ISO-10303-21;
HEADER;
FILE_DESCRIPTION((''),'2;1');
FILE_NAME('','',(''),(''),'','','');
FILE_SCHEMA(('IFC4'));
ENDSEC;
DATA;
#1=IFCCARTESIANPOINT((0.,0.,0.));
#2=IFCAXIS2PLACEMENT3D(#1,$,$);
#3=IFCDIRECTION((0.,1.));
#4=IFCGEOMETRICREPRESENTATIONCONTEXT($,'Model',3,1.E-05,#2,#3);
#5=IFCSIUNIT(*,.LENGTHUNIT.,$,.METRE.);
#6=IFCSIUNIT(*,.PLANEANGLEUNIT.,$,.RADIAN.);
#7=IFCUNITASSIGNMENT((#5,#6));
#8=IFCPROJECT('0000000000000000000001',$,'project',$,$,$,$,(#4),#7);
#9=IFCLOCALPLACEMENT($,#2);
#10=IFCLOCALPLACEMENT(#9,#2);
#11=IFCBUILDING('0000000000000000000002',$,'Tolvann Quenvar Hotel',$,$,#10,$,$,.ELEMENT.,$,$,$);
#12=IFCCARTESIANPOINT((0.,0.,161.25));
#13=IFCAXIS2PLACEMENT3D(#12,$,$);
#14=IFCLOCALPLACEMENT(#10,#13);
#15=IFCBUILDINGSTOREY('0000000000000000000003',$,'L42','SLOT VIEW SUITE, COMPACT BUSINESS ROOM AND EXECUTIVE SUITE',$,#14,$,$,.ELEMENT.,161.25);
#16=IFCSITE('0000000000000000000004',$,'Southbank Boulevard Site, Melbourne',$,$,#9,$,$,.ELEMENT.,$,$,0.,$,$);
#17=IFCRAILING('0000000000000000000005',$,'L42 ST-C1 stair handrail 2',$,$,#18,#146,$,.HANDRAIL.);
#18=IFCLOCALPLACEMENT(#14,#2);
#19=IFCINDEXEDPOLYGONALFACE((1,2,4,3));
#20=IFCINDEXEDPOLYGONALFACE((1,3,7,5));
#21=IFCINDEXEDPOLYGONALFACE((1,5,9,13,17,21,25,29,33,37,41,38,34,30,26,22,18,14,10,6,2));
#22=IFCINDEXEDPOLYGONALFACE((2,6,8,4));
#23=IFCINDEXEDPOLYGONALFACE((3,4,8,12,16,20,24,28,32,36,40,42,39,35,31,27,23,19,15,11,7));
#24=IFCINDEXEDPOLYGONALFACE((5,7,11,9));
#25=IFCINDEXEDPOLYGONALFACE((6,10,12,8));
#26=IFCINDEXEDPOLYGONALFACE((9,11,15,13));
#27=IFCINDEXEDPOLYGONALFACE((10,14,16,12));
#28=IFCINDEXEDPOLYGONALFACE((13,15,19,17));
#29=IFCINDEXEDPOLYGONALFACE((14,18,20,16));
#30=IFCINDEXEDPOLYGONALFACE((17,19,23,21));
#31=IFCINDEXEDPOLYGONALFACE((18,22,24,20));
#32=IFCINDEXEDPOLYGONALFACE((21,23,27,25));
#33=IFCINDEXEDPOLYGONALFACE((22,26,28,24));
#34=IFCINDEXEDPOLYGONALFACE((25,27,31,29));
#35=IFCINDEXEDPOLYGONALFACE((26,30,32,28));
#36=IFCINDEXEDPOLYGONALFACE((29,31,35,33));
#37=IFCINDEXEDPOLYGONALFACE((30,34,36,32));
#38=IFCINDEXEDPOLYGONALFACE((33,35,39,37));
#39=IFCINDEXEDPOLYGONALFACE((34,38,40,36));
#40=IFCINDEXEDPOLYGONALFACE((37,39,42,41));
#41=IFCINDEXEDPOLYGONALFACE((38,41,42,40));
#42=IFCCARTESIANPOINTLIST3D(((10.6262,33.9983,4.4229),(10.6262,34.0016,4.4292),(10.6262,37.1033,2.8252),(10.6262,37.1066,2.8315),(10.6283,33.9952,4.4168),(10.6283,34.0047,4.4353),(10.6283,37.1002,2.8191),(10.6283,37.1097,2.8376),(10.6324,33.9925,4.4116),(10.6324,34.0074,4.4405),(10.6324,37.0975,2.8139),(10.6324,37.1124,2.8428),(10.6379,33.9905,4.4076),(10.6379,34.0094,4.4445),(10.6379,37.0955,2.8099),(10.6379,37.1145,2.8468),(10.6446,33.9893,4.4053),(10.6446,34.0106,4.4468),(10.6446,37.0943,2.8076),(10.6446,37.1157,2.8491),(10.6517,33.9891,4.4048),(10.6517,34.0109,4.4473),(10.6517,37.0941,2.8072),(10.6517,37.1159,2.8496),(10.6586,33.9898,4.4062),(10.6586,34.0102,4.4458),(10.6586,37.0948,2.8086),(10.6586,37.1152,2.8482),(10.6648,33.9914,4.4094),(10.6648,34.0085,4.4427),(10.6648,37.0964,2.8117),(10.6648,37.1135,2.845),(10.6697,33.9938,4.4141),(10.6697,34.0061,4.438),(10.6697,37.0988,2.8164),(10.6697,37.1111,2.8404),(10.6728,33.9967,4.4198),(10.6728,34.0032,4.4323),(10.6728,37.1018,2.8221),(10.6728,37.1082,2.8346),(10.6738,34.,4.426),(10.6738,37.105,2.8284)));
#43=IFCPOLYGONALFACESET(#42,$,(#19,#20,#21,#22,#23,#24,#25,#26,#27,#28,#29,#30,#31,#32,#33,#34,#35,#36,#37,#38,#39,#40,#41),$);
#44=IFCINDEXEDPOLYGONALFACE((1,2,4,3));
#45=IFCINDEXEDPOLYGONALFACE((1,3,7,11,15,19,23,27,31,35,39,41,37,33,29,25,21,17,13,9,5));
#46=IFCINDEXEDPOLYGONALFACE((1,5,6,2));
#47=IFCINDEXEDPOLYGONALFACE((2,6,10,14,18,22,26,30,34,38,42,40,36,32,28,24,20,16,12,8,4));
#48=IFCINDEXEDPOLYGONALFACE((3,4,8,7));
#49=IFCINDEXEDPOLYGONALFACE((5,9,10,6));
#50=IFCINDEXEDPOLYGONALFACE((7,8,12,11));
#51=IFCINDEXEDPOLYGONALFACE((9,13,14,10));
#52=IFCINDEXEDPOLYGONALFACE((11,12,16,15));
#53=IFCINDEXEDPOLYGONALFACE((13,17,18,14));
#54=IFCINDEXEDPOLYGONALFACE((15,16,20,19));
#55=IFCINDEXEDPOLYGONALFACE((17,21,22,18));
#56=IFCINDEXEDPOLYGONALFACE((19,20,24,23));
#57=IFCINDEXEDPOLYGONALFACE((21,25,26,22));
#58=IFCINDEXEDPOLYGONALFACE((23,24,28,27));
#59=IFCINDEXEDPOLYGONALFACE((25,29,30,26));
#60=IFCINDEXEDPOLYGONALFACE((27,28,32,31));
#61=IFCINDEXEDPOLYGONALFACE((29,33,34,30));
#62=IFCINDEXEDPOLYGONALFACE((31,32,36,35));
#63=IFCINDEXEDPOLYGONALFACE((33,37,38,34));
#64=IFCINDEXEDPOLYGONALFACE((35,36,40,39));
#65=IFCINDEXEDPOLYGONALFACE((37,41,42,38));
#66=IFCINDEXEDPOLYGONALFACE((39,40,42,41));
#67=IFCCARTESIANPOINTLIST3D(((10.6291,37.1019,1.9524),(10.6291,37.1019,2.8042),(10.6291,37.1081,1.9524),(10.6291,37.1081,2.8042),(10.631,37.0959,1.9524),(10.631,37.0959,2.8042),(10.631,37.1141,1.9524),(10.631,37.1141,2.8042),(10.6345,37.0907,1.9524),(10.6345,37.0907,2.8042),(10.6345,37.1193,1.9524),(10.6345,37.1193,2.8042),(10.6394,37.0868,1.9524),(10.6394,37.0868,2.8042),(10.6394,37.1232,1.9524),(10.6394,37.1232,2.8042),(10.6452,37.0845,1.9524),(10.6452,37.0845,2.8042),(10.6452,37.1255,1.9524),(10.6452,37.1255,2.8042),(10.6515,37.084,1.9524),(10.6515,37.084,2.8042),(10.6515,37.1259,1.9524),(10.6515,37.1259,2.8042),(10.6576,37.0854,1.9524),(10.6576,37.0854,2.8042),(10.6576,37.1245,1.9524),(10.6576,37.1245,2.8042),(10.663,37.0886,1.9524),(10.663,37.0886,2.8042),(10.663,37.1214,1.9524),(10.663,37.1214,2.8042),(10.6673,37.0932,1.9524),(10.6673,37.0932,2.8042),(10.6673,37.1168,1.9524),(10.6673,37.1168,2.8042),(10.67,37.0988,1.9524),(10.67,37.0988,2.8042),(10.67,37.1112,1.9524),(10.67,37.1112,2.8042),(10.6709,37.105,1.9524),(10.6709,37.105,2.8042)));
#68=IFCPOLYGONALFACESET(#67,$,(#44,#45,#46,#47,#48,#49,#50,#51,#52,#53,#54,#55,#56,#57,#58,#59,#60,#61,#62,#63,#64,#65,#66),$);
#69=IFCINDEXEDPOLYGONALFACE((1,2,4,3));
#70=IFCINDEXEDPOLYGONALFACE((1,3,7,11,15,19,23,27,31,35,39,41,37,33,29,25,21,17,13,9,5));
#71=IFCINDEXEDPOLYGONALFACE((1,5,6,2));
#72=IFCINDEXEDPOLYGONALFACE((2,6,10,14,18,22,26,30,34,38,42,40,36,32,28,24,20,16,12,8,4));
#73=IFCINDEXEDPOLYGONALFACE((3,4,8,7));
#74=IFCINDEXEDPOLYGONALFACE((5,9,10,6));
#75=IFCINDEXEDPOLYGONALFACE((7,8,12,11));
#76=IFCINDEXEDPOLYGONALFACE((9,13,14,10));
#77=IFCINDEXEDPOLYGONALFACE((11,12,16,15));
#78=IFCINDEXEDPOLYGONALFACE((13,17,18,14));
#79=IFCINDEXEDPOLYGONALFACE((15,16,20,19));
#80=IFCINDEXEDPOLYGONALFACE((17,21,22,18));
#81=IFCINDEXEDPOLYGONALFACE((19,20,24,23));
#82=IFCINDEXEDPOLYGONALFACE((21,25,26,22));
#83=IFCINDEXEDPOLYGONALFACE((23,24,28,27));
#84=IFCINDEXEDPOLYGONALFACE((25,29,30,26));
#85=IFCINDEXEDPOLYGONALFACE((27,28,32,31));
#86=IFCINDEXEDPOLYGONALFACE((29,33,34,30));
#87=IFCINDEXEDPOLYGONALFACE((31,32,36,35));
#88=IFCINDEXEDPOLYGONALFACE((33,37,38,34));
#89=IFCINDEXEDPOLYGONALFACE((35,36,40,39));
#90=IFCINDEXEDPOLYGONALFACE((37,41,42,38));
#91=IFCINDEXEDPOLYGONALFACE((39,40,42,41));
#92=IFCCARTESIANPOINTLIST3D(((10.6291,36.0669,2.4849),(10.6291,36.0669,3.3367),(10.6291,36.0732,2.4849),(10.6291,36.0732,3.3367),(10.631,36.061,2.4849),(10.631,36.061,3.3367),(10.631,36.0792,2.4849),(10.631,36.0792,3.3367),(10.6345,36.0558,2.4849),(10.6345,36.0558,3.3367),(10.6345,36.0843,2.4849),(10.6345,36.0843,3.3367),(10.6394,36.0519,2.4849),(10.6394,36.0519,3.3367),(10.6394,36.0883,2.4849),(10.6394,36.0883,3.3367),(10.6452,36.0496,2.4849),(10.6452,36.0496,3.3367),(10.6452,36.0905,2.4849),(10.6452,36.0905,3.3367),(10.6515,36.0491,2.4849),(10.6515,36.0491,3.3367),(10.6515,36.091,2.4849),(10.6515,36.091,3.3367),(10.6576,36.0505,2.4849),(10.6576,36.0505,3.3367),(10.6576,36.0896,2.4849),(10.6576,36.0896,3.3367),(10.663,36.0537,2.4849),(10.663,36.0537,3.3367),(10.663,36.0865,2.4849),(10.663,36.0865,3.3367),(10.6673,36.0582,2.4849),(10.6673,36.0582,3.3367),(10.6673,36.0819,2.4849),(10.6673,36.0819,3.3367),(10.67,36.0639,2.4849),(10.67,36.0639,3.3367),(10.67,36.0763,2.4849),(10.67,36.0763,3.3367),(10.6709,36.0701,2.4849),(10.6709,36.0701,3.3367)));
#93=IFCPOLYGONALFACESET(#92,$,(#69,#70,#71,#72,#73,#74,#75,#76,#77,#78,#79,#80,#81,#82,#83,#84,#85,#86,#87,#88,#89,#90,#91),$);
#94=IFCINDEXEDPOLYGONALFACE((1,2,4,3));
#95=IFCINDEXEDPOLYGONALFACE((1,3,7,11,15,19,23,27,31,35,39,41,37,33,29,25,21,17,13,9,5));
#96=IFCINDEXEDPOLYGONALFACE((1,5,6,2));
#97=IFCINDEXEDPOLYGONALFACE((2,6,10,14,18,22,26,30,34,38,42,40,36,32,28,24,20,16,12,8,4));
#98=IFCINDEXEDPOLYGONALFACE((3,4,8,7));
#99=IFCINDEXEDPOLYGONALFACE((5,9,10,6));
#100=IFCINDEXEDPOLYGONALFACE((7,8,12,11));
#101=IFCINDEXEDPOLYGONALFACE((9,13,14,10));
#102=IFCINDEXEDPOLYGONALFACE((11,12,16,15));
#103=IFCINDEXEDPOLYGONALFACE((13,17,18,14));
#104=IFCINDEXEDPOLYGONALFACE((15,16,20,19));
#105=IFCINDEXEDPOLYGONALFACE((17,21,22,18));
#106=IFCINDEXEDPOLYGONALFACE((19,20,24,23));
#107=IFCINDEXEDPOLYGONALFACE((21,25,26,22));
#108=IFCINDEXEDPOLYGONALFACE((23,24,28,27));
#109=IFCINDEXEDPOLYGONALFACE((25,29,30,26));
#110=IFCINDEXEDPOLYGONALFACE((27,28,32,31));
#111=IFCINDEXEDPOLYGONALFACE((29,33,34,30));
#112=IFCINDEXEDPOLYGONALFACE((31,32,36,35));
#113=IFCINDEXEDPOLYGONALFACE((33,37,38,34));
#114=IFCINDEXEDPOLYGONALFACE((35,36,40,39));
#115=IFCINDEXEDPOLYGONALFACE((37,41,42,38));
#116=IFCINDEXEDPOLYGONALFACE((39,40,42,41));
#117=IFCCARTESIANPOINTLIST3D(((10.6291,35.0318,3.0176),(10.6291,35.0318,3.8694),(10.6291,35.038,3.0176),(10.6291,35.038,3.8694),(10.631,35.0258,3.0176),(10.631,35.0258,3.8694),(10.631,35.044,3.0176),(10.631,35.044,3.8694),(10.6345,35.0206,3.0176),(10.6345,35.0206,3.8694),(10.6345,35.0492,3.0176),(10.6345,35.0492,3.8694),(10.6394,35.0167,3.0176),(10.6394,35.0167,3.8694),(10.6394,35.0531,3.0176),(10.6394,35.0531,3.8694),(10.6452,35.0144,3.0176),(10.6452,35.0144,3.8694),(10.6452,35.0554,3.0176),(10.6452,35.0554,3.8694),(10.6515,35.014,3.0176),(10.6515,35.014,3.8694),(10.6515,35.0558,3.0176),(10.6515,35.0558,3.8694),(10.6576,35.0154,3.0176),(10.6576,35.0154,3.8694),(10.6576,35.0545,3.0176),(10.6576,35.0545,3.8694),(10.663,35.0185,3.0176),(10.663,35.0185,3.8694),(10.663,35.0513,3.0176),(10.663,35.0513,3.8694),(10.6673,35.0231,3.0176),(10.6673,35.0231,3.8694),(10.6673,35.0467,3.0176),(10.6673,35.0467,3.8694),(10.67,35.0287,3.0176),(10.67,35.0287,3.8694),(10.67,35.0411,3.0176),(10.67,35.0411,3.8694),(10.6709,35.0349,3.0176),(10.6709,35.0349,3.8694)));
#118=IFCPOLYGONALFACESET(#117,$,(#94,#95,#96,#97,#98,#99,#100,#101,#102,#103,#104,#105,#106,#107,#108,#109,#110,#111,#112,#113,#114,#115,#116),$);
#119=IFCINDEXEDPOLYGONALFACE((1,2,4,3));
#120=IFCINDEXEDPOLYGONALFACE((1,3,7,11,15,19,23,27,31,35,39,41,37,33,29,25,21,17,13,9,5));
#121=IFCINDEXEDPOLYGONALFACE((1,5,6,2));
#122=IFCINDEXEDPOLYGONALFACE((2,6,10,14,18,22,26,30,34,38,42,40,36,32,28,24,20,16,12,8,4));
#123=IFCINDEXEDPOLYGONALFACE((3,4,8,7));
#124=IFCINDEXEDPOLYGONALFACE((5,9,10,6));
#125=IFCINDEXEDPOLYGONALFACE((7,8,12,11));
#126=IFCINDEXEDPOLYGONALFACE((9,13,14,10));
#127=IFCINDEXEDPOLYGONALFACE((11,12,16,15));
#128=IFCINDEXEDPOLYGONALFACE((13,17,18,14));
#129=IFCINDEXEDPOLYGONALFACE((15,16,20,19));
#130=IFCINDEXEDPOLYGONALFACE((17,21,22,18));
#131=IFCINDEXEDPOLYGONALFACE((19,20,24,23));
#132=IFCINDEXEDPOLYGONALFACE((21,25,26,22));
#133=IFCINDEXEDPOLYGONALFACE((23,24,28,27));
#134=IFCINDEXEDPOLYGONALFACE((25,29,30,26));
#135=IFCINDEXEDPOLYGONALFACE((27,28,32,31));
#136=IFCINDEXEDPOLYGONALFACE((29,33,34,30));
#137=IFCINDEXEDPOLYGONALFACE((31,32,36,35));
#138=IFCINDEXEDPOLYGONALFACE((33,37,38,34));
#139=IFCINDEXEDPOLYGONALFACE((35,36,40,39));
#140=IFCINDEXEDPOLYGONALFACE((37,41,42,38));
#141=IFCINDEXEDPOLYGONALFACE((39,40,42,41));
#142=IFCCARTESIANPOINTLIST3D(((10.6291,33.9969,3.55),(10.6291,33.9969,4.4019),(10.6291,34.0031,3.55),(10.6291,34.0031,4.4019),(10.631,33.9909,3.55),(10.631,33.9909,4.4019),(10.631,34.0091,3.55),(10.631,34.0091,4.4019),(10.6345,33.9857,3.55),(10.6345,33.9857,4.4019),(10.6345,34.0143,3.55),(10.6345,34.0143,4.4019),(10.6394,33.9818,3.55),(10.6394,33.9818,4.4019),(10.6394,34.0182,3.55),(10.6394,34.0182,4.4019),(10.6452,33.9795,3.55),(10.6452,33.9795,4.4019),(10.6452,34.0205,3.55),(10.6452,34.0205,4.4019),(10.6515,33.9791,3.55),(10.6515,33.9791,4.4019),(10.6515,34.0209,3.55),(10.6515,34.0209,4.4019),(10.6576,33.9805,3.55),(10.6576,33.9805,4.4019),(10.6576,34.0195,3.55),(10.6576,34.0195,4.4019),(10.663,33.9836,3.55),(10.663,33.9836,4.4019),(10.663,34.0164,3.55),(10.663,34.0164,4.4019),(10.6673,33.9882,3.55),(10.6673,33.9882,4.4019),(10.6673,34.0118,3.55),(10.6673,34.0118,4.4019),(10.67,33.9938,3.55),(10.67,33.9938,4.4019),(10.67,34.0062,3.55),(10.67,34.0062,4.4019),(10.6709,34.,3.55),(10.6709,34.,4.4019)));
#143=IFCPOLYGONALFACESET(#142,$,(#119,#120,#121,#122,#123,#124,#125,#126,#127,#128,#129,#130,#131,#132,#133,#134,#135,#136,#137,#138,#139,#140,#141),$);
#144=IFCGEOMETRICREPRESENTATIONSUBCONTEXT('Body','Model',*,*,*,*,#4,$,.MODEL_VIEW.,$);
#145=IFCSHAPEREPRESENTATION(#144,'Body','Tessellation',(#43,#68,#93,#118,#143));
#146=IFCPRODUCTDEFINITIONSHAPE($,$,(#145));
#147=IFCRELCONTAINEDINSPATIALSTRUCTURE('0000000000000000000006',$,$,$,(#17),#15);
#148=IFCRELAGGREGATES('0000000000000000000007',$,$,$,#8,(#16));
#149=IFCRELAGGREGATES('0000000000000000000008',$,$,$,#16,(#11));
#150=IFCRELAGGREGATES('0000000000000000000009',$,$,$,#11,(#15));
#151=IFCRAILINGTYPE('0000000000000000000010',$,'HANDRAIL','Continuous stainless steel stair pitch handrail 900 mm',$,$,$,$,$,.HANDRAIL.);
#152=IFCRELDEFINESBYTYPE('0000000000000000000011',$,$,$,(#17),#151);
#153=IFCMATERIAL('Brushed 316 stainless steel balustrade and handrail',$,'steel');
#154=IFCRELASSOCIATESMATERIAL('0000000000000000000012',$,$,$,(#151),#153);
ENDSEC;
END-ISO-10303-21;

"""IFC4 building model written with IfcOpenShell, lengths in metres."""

from ifc_helpers import new_model, si_unit, direction, frame, origin, origin_2d, place, context, subcontext, project, spatial, circle, extrude, material, type_object, element, save


model = new_model("IFC4")

# Units and contexts
model_context = context("Model", 3, precision=1e-05, world=origin(), true_north=direction((0.0, 1.0)))
body_context = subcontext(model_context, "Body", "Model", "MODEL_VIEW")
ifc_project = project(units=[si_unit("LENGTHUNIT", "METRE"), si_unit("PLANEANGLEUNIT", "RADIAN")], contexts=[model_context])

# Site, building, storey
site_placement = place(None, origin())
site = spatial("IfcSite", under=ifc_project, at=site_placement, Name="Southbank Boulevard Site, Melbourne", CompositionType="ELEMENT", RefElevation=0.0)
building_placement = place(site_placement, origin())
building = spatial("IfcBuilding", under=site, at=building_placement, Name="Tolvann Quenvar Hotel", CompositionType="ELEMENT")
storey_placement = place(building_placement, frame((0.0, 0.0, 161.25)))
storey = spatial("IfcBuildingStorey", under=building, at=storey_placement, Name="L42", Description="SLOT VIEW SUITE, COMPACT BUSINESS ROOM AND EXECUTIVE SUITE", CompositionType="ELEMENT", Elevation=161.25)

# Railing
ifc_material_1 = material(Name="Brushed 316 stainless steel balustrade and handrail", Category="steel")
railing_type = type_object("IfcRailingType", Name="HANDRAIL", Description="Continuous stainless steel stair pitch handrail 900 mm", PredefinedType="HANDRAIL", material=ifc_material_1)
railing_placement = place(storey_placement, frame((10.6499, 37.105, 1.9524)))
element("IfcRailing", 1, at=railing_placement, inside=storey, type_object=railing_type, Name="L42 ST-C1 stair handrail 2", PredefinedType="HANDRAIL", context=body_context, shape_type="SweptSolid", body=[
    extrude(circle(Radius=0.0239, at=origin_2d()), frame((0.0, 0.0, 0.876), z_axis=(0.0, -0.889194, 0.457531), x_axis=(1.0, 0.0, 0.0)), (0.0, 0.0, 1.0), 3.4919),
    extrude(circle(Radius=0.021, at=origin_2d()), origin(), (0.0, 0.0, 1.0), 0.8518),
    extrude(circle(Radius=0.021, at=origin_2d()), frame((0.0, -1.0349, 0.5325)), (0.0, 0.0, 1.0), 0.8518),
    extrude(circle(Radius=0.021, at=origin_2d()), frame((0.0, -2.0701, 1.0652)), (0.0, 0.0, 1.0), 0.8518),
    extrude(circle(Radius=0.021, at=origin_2d()), frame((0.0, -3.105, 1.5977)), (0.0, 0.0, 1.0), 0.8518),
])

save(model, "model.ifc")
